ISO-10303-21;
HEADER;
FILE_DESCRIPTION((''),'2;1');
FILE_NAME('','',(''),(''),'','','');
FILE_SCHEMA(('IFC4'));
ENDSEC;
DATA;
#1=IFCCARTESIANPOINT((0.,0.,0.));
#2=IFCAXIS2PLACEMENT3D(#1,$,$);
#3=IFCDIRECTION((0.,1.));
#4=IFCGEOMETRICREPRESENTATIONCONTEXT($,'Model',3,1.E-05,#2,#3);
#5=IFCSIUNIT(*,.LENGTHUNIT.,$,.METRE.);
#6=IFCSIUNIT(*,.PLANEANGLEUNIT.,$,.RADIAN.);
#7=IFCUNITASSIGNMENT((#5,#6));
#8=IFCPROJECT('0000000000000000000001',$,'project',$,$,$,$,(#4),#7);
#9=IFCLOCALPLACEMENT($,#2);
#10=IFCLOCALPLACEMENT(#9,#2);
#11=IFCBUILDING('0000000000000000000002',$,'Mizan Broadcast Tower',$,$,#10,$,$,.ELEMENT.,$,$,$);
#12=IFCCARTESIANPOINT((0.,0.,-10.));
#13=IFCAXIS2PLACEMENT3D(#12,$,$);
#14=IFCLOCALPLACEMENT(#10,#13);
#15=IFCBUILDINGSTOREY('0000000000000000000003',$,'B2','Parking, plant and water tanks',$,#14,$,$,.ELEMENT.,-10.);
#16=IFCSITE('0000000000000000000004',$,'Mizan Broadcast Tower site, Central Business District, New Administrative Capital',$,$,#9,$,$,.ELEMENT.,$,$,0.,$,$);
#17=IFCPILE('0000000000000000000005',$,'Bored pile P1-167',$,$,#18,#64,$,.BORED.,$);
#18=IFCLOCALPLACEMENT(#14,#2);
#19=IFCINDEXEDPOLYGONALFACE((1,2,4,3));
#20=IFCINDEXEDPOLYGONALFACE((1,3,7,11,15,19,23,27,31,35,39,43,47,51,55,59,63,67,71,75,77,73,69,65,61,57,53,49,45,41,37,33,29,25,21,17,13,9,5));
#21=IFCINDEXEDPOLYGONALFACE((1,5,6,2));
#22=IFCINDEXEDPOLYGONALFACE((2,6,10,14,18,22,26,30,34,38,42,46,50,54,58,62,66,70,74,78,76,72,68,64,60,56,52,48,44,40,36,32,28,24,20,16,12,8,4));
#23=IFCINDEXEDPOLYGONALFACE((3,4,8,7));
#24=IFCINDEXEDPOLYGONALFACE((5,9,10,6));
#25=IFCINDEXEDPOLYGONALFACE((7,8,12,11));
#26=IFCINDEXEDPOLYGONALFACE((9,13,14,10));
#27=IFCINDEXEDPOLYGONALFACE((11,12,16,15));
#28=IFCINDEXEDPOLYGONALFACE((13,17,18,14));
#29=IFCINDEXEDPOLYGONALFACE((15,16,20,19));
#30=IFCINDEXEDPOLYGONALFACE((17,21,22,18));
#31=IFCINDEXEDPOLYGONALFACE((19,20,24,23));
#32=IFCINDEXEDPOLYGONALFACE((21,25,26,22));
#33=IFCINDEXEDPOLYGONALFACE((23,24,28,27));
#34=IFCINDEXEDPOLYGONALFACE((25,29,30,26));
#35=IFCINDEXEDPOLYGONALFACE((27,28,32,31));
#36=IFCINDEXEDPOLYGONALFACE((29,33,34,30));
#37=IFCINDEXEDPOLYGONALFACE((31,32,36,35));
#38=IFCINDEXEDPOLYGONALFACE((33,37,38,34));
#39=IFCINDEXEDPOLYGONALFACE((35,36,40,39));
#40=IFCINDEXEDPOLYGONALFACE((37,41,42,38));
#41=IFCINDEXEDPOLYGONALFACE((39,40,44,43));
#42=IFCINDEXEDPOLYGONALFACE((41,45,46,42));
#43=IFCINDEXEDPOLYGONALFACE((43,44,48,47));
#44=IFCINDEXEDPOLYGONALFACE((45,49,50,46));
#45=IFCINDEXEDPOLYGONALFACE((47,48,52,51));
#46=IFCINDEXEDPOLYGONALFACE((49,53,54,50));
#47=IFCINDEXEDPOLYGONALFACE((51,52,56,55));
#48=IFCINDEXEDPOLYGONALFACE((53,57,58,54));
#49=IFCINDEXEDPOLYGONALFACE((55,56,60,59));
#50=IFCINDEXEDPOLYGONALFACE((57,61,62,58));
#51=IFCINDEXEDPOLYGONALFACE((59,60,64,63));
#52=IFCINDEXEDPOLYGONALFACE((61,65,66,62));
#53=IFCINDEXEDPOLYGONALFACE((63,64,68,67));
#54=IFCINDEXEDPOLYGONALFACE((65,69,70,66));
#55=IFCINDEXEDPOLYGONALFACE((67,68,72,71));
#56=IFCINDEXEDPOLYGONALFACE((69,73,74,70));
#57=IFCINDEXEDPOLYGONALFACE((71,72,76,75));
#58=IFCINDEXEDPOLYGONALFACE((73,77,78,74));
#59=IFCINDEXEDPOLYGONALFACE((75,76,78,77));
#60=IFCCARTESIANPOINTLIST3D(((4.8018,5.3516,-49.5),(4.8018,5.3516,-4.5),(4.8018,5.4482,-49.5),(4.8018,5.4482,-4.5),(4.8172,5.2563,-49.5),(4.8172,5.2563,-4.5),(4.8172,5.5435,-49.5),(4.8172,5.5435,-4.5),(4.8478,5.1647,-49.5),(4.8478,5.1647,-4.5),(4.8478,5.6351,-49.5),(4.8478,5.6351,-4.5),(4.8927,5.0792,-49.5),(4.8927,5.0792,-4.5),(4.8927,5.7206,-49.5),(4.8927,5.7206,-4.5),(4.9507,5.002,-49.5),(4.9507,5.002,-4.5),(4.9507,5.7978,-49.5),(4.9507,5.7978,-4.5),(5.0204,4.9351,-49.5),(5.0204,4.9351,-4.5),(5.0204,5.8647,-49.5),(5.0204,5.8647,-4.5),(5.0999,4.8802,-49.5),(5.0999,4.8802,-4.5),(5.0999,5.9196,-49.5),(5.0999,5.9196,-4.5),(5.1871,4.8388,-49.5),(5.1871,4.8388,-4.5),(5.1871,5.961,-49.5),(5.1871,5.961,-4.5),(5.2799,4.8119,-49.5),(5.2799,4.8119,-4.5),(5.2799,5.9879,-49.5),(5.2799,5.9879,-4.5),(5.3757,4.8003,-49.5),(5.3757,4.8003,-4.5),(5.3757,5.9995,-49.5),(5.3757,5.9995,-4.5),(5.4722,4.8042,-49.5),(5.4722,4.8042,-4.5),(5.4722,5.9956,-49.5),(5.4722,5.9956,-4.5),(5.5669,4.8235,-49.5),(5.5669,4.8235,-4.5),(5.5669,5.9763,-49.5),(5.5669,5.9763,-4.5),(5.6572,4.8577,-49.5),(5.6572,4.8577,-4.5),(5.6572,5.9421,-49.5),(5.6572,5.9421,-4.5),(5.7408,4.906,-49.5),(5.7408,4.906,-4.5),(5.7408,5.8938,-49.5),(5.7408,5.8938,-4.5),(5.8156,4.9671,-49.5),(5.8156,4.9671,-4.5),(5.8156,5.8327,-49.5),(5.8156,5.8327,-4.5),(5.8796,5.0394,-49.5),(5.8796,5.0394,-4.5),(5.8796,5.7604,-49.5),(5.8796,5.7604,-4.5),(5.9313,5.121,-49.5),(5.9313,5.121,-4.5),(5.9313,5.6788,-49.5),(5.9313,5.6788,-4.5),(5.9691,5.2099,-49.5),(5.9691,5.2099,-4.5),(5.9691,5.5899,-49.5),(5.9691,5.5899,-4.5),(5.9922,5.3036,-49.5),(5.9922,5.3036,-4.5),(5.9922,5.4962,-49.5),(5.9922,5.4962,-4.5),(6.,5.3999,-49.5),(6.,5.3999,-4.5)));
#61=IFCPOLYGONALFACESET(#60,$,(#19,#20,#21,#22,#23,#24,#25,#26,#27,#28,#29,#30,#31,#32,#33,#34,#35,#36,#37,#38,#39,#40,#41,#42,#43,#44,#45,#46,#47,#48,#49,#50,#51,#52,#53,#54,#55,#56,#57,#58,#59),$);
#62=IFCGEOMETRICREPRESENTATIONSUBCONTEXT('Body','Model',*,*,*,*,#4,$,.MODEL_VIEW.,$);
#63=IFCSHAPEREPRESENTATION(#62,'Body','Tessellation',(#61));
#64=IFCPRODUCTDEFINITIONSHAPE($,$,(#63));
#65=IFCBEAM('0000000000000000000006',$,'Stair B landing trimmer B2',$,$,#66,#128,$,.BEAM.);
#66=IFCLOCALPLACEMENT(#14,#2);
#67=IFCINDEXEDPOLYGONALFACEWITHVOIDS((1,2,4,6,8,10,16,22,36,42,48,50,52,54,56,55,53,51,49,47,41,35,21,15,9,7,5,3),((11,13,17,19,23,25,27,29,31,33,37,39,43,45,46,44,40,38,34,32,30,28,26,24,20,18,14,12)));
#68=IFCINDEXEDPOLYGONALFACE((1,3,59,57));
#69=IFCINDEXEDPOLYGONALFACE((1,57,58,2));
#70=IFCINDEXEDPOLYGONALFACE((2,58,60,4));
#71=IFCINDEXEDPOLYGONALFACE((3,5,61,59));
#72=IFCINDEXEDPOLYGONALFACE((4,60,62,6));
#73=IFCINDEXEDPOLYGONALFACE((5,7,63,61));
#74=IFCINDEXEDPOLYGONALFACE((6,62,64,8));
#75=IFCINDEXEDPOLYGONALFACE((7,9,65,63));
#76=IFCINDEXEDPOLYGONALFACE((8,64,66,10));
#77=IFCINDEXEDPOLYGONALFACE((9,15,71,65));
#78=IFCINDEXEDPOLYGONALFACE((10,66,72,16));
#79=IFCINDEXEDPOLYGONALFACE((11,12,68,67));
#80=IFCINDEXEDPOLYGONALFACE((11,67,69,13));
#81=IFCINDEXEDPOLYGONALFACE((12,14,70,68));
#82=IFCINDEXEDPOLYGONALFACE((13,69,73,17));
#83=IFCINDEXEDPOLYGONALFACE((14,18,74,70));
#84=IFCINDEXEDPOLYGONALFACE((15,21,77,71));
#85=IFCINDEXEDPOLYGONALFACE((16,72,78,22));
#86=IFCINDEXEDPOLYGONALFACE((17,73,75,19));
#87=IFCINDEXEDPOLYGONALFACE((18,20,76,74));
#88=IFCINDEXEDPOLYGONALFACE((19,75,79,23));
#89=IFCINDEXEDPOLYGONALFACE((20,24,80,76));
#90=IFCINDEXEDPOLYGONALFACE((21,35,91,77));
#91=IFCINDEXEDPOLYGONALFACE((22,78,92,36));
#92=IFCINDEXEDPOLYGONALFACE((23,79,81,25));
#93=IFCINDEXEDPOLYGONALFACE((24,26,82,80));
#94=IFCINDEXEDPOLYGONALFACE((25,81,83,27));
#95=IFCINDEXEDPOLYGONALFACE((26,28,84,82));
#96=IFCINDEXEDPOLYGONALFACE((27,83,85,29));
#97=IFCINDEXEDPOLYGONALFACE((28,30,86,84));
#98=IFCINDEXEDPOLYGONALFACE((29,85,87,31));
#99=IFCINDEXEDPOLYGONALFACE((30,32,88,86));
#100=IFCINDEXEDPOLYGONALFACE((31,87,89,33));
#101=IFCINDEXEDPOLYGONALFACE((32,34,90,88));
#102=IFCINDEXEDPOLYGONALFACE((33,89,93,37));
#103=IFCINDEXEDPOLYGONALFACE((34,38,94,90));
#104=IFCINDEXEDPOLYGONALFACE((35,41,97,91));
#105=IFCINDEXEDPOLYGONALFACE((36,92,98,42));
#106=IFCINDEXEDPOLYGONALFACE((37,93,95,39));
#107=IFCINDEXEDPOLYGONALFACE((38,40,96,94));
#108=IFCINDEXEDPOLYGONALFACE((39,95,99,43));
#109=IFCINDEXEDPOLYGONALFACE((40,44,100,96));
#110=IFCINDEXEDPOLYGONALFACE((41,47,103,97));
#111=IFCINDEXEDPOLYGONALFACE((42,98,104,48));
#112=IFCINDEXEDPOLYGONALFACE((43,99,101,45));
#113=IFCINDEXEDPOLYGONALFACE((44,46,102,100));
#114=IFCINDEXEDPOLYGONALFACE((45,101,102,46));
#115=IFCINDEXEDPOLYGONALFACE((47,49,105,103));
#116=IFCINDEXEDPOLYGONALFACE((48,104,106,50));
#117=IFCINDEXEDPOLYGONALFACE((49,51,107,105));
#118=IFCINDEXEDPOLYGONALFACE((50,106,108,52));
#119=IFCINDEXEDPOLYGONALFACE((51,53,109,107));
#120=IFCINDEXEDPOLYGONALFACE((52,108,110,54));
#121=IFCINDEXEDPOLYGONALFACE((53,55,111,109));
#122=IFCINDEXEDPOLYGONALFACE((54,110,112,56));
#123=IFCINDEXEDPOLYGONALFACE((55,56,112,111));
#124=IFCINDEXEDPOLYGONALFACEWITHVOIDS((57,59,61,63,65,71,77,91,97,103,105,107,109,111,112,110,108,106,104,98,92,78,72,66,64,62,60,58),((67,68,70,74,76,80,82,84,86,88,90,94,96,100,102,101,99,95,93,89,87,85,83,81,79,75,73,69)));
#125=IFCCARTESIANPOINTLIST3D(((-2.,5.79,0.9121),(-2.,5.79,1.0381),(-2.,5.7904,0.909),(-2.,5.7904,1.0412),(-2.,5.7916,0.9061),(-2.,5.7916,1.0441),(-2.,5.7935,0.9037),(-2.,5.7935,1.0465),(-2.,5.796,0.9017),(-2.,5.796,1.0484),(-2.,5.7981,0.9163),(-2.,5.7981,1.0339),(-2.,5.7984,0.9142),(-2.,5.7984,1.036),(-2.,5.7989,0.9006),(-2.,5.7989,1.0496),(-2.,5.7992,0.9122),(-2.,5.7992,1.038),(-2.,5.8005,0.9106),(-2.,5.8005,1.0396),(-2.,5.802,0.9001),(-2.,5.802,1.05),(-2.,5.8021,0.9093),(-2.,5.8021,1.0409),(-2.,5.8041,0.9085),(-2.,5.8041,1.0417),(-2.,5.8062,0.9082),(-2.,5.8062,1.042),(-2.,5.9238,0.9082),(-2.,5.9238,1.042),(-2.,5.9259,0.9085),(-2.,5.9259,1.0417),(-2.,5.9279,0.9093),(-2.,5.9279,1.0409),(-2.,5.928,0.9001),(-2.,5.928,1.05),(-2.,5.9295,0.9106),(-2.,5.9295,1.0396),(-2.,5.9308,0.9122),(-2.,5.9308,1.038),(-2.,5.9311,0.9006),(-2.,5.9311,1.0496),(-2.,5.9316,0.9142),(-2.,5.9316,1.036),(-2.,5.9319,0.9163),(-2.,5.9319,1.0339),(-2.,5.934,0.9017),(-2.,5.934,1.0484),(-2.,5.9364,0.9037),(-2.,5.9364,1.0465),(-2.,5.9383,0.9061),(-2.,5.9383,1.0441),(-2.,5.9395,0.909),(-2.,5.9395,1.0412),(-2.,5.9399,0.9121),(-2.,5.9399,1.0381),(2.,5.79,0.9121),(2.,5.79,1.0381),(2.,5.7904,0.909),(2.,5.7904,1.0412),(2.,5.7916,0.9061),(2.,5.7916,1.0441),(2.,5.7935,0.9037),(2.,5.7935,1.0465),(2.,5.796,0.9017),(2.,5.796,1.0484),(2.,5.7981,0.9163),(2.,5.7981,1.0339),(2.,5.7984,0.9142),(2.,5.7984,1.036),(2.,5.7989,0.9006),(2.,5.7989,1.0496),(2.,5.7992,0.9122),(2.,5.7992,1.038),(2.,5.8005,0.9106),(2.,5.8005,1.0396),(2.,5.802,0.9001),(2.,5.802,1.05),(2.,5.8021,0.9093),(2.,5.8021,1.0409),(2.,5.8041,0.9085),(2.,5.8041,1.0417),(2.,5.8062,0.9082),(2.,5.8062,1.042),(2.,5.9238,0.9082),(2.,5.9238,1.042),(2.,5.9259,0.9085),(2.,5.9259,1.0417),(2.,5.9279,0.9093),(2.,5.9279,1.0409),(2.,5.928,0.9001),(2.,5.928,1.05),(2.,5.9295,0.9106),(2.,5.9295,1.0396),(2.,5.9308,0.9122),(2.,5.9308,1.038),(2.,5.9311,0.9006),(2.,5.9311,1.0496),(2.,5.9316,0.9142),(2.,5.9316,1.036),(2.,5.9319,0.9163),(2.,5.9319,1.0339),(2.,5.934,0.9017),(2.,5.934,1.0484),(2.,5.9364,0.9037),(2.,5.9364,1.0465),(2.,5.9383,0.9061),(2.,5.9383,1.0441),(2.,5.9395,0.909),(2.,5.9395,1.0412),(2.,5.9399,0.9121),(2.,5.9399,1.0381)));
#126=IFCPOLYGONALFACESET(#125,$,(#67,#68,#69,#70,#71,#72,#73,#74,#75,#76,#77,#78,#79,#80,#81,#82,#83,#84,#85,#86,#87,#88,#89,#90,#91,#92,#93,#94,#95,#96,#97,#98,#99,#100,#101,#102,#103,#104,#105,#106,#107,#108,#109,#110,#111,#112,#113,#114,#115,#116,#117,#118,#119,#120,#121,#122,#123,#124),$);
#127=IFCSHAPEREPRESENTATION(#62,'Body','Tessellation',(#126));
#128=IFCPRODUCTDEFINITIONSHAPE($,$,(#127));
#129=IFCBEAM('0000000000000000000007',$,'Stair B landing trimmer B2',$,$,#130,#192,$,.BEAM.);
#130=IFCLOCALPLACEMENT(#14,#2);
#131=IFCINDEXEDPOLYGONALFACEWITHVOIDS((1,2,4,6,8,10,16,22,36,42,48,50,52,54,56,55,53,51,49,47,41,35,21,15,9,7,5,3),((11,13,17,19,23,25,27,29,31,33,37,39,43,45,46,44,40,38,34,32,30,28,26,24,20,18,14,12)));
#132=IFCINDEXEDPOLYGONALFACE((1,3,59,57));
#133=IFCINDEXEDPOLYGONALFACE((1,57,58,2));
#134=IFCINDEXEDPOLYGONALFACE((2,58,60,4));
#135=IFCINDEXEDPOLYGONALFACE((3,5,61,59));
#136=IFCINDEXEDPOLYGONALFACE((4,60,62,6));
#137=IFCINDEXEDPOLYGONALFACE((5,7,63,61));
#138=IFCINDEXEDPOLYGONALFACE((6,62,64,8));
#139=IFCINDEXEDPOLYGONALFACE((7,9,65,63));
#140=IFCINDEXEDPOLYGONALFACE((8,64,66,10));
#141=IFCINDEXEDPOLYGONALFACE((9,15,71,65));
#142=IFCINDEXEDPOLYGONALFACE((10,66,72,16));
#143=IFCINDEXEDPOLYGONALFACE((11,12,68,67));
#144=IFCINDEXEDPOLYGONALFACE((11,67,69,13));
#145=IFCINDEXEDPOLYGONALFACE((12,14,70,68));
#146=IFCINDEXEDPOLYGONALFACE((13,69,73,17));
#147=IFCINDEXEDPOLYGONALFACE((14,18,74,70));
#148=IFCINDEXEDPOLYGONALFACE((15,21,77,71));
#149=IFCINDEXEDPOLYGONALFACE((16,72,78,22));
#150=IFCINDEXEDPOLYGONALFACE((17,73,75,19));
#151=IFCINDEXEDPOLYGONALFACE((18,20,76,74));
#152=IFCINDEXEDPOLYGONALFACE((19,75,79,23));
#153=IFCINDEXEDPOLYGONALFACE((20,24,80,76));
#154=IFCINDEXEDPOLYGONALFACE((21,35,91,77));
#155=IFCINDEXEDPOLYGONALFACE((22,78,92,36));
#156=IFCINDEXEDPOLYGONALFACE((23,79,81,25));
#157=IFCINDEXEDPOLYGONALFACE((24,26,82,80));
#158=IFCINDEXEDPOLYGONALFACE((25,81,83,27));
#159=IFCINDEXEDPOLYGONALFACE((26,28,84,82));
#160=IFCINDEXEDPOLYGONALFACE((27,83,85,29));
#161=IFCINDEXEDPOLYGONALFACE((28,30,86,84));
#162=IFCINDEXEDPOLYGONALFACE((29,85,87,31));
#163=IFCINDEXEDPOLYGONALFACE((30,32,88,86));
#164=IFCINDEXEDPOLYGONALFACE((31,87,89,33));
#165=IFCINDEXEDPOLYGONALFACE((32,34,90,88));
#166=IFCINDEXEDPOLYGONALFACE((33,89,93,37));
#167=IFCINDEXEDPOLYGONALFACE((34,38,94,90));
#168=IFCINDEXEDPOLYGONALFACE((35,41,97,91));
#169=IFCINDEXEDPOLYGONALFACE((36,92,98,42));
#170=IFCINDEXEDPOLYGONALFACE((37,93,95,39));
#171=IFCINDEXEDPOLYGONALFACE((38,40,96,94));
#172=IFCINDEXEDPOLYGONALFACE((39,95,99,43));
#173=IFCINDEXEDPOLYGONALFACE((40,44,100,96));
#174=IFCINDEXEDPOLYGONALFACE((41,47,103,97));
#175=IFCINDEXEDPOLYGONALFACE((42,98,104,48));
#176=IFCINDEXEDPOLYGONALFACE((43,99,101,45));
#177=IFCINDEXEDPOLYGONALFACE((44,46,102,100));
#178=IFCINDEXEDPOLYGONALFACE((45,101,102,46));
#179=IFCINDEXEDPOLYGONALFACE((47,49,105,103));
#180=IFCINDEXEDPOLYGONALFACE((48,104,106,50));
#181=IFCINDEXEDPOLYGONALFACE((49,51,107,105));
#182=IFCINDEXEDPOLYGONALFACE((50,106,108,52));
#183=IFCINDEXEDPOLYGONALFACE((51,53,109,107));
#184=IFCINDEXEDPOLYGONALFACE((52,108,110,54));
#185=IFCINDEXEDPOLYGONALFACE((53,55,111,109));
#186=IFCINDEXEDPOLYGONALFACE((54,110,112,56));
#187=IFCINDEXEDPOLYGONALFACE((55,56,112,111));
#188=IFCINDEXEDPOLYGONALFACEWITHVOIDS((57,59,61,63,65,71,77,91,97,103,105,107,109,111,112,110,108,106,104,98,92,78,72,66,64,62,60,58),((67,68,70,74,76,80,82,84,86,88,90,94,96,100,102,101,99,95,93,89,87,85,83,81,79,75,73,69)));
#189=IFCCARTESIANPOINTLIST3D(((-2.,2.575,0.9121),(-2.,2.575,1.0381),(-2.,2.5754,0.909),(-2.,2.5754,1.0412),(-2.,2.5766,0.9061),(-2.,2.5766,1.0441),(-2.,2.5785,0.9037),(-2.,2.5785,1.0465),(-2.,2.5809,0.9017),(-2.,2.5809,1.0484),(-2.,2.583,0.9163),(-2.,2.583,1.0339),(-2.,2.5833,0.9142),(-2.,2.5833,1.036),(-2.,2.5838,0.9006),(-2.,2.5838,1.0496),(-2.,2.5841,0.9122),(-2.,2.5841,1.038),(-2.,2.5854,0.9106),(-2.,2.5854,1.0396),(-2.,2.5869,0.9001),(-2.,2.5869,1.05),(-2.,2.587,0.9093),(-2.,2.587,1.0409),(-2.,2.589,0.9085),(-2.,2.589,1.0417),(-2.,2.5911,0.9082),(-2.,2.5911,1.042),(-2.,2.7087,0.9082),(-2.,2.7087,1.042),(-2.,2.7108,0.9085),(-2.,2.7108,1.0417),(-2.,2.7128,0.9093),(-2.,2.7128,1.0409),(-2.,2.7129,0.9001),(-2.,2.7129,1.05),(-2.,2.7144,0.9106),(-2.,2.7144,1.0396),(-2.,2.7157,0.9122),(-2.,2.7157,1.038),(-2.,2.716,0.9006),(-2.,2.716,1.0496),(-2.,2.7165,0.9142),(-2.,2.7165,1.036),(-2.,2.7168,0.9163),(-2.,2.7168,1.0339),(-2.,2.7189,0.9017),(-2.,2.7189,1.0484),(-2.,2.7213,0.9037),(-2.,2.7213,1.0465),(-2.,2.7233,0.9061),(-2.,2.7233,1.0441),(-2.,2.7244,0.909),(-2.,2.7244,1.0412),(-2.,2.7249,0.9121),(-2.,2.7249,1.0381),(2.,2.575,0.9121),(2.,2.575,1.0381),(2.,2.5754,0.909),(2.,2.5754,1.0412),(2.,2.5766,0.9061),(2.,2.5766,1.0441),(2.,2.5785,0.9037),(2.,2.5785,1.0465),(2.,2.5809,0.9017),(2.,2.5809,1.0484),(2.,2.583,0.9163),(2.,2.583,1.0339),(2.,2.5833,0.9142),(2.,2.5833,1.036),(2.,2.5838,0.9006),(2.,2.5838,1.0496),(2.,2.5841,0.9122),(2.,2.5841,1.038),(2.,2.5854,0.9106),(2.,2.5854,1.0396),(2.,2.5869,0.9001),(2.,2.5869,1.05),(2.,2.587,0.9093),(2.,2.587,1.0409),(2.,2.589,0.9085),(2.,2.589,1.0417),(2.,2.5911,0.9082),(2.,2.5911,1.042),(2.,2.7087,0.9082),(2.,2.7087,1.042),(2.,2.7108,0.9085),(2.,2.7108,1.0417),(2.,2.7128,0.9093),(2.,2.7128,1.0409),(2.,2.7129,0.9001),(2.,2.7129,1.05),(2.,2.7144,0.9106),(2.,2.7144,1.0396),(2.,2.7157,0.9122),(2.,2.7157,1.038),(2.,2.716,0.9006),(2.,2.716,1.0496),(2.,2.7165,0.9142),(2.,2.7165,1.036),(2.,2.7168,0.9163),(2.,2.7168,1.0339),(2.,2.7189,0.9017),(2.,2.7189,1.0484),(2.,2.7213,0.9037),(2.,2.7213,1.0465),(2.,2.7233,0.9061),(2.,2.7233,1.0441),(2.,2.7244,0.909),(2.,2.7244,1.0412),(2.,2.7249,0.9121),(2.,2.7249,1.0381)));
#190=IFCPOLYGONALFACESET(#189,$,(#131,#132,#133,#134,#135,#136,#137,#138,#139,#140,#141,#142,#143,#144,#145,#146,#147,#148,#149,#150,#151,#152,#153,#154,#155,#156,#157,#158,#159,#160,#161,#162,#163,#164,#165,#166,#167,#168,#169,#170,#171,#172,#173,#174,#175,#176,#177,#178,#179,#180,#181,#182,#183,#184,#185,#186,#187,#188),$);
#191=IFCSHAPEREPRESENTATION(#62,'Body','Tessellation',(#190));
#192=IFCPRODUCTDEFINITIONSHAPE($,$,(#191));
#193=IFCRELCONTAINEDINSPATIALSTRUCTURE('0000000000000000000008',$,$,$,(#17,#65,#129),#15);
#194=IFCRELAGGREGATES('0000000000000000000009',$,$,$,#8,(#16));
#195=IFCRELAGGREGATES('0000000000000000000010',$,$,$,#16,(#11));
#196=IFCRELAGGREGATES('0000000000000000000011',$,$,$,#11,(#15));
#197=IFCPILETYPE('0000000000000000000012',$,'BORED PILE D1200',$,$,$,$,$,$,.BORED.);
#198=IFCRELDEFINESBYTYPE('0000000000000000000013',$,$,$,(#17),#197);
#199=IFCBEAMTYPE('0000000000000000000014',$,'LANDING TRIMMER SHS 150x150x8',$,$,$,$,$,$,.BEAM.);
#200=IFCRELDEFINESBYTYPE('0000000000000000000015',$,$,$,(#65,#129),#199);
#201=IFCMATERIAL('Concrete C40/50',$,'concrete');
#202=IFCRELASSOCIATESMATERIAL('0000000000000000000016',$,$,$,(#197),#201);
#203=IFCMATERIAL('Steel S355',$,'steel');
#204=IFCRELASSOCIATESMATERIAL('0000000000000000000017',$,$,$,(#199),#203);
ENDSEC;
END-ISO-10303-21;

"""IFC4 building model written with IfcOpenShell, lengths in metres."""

from ifc_helpers import new_model, si_unit, direction, frame, origin, origin_2d, place, context, subcontext, project, spatial, hollow_rectangle, circle, extrude, material, material_profile, profile_set, type_object, element, save


model = new_model("IFC4")

# Units and contexts
model_context = context("Model", 3, precision=1e-05, world=origin(), true_north=direction((0.0, 1.0)))
body_context = subcontext(model_context, "Body", "Model", "MODEL_VIEW")
ifc_project = project(units=[si_unit("LENGTHUNIT", "METRE"), si_unit("PLANEANGLEUNIT", "RADIAN")], contexts=[model_context])

# Site, building, storey
site_placement = place(None, origin())
site = spatial("IfcSite", under=ifc_project, at=site_placement, Name="Mizan Broadcast Tower site, Central Business District, New Administrative Capital", CompositionType="ELEMENT", RefElevation=0.0)
building_placement = place(site_placement, origin())
building = spatial("IfcBuilding", under=site, at=building_placement, Name="Mizan Broadcast Tower", CompositionType="ELEMENT")
storey_placement = place(building_placement, frame((0.0, 0.0, -10.0)))
storey = spatial("IfcBuildingStorey", under=building, at=storey_placement, Name="B2", Description="Parking, plant and water tanks", CompositionType="ELEMENT", Elevation=-10.0)

# Pile
ifc_material_1 = material(Name="Concrete C40/50", Category="concrete")
ifc_material_profile_1 = material_profile(ifc_material_1, circle(Radius=0.6001, at=origin_2d()), Name="D1200")
ifc_profile_set_1 = profile_set([ifc_material_profile_1], Name="Concrete C40/50")
pile_type = type_object("IfcPileType", Name="BORED PILE D1200", PredefinedType="BORED", material=ifc_profile_set_1)
for number, where, z_axis, x_axis, name in (
    (1, (5.3999, 5.3999, -4.5), (0.0, 0.0, -1.0), (1.0, 0.0, 0.0), "Bored pile P1-167"),
):
    element("IfcPile", number, at=place(storey_placement, frame(where, z_axis=z_axis, x_axis=x_axis)), inside=storey, type_object=pile_type, Name=name, PredefinedType="BORED", context=body_context, shape_type="SweptSolid", body=[
        extrude(circle(Radius=0.6001, at=origin_2d()), origin(), (0.0, 0.0, 1.0), 45.0),
    ])

# Beams
ifc_material_2 = material(Name="Steel S355", Category="steel")
ifc_material_profile_2 = material_profile(ifc_material_2, hollow_rectangle(XDim=0.1499, YDim=0.1499, WallThickness=0.0081, InnerFilletRadius=0.0081, OuterFilletRadius=0.012, at=origin_2d()), Name="SHS 150x150x8")
ifc_profile_set_2 = profile_set([ifc_material_profile_2], Name="Steel S355")
beam_type = type_object("IfcBeamType", Name="LANDING TRIMMER SHS 150x150x8", PredefinedType="BEAM", material=ifc_profile_set_2)
for number, where, z_axis, x_axis, name in (
    (2, (2.0, 5.865, 0.9751), (-1.0, 0.0, 0.0), (0.0, -1.0, 0.0), "Stair B landing trimmer B2"),
    (3, (2.0, 2.6499, 0.9751), (-1.0, 0.0, 0.0), (0.0, -1.0, 0.0), "Stair B landing trimmer B2"),
):
    element("IfcBeam", number, at=place(storey_placement, frame(where, z_axis=z_axis, x_axis=x_axis)), inside=storey, type_object=beam_type, Name=name, PredefinedType="BEAM", context=body_context, shape_type="SweptSolid", body=[
        extrude(hollow_rectangle(XDim=0.1499, YDim=0.1499, WallThickness=0.0081, InnerFilletRadius=0.0081, OuterFilletRadius=0.012, at=origin_2d()), origin(), (0.0, 0.0, 1.0), 4.0),
    ])

save(model, "model.ifc")
